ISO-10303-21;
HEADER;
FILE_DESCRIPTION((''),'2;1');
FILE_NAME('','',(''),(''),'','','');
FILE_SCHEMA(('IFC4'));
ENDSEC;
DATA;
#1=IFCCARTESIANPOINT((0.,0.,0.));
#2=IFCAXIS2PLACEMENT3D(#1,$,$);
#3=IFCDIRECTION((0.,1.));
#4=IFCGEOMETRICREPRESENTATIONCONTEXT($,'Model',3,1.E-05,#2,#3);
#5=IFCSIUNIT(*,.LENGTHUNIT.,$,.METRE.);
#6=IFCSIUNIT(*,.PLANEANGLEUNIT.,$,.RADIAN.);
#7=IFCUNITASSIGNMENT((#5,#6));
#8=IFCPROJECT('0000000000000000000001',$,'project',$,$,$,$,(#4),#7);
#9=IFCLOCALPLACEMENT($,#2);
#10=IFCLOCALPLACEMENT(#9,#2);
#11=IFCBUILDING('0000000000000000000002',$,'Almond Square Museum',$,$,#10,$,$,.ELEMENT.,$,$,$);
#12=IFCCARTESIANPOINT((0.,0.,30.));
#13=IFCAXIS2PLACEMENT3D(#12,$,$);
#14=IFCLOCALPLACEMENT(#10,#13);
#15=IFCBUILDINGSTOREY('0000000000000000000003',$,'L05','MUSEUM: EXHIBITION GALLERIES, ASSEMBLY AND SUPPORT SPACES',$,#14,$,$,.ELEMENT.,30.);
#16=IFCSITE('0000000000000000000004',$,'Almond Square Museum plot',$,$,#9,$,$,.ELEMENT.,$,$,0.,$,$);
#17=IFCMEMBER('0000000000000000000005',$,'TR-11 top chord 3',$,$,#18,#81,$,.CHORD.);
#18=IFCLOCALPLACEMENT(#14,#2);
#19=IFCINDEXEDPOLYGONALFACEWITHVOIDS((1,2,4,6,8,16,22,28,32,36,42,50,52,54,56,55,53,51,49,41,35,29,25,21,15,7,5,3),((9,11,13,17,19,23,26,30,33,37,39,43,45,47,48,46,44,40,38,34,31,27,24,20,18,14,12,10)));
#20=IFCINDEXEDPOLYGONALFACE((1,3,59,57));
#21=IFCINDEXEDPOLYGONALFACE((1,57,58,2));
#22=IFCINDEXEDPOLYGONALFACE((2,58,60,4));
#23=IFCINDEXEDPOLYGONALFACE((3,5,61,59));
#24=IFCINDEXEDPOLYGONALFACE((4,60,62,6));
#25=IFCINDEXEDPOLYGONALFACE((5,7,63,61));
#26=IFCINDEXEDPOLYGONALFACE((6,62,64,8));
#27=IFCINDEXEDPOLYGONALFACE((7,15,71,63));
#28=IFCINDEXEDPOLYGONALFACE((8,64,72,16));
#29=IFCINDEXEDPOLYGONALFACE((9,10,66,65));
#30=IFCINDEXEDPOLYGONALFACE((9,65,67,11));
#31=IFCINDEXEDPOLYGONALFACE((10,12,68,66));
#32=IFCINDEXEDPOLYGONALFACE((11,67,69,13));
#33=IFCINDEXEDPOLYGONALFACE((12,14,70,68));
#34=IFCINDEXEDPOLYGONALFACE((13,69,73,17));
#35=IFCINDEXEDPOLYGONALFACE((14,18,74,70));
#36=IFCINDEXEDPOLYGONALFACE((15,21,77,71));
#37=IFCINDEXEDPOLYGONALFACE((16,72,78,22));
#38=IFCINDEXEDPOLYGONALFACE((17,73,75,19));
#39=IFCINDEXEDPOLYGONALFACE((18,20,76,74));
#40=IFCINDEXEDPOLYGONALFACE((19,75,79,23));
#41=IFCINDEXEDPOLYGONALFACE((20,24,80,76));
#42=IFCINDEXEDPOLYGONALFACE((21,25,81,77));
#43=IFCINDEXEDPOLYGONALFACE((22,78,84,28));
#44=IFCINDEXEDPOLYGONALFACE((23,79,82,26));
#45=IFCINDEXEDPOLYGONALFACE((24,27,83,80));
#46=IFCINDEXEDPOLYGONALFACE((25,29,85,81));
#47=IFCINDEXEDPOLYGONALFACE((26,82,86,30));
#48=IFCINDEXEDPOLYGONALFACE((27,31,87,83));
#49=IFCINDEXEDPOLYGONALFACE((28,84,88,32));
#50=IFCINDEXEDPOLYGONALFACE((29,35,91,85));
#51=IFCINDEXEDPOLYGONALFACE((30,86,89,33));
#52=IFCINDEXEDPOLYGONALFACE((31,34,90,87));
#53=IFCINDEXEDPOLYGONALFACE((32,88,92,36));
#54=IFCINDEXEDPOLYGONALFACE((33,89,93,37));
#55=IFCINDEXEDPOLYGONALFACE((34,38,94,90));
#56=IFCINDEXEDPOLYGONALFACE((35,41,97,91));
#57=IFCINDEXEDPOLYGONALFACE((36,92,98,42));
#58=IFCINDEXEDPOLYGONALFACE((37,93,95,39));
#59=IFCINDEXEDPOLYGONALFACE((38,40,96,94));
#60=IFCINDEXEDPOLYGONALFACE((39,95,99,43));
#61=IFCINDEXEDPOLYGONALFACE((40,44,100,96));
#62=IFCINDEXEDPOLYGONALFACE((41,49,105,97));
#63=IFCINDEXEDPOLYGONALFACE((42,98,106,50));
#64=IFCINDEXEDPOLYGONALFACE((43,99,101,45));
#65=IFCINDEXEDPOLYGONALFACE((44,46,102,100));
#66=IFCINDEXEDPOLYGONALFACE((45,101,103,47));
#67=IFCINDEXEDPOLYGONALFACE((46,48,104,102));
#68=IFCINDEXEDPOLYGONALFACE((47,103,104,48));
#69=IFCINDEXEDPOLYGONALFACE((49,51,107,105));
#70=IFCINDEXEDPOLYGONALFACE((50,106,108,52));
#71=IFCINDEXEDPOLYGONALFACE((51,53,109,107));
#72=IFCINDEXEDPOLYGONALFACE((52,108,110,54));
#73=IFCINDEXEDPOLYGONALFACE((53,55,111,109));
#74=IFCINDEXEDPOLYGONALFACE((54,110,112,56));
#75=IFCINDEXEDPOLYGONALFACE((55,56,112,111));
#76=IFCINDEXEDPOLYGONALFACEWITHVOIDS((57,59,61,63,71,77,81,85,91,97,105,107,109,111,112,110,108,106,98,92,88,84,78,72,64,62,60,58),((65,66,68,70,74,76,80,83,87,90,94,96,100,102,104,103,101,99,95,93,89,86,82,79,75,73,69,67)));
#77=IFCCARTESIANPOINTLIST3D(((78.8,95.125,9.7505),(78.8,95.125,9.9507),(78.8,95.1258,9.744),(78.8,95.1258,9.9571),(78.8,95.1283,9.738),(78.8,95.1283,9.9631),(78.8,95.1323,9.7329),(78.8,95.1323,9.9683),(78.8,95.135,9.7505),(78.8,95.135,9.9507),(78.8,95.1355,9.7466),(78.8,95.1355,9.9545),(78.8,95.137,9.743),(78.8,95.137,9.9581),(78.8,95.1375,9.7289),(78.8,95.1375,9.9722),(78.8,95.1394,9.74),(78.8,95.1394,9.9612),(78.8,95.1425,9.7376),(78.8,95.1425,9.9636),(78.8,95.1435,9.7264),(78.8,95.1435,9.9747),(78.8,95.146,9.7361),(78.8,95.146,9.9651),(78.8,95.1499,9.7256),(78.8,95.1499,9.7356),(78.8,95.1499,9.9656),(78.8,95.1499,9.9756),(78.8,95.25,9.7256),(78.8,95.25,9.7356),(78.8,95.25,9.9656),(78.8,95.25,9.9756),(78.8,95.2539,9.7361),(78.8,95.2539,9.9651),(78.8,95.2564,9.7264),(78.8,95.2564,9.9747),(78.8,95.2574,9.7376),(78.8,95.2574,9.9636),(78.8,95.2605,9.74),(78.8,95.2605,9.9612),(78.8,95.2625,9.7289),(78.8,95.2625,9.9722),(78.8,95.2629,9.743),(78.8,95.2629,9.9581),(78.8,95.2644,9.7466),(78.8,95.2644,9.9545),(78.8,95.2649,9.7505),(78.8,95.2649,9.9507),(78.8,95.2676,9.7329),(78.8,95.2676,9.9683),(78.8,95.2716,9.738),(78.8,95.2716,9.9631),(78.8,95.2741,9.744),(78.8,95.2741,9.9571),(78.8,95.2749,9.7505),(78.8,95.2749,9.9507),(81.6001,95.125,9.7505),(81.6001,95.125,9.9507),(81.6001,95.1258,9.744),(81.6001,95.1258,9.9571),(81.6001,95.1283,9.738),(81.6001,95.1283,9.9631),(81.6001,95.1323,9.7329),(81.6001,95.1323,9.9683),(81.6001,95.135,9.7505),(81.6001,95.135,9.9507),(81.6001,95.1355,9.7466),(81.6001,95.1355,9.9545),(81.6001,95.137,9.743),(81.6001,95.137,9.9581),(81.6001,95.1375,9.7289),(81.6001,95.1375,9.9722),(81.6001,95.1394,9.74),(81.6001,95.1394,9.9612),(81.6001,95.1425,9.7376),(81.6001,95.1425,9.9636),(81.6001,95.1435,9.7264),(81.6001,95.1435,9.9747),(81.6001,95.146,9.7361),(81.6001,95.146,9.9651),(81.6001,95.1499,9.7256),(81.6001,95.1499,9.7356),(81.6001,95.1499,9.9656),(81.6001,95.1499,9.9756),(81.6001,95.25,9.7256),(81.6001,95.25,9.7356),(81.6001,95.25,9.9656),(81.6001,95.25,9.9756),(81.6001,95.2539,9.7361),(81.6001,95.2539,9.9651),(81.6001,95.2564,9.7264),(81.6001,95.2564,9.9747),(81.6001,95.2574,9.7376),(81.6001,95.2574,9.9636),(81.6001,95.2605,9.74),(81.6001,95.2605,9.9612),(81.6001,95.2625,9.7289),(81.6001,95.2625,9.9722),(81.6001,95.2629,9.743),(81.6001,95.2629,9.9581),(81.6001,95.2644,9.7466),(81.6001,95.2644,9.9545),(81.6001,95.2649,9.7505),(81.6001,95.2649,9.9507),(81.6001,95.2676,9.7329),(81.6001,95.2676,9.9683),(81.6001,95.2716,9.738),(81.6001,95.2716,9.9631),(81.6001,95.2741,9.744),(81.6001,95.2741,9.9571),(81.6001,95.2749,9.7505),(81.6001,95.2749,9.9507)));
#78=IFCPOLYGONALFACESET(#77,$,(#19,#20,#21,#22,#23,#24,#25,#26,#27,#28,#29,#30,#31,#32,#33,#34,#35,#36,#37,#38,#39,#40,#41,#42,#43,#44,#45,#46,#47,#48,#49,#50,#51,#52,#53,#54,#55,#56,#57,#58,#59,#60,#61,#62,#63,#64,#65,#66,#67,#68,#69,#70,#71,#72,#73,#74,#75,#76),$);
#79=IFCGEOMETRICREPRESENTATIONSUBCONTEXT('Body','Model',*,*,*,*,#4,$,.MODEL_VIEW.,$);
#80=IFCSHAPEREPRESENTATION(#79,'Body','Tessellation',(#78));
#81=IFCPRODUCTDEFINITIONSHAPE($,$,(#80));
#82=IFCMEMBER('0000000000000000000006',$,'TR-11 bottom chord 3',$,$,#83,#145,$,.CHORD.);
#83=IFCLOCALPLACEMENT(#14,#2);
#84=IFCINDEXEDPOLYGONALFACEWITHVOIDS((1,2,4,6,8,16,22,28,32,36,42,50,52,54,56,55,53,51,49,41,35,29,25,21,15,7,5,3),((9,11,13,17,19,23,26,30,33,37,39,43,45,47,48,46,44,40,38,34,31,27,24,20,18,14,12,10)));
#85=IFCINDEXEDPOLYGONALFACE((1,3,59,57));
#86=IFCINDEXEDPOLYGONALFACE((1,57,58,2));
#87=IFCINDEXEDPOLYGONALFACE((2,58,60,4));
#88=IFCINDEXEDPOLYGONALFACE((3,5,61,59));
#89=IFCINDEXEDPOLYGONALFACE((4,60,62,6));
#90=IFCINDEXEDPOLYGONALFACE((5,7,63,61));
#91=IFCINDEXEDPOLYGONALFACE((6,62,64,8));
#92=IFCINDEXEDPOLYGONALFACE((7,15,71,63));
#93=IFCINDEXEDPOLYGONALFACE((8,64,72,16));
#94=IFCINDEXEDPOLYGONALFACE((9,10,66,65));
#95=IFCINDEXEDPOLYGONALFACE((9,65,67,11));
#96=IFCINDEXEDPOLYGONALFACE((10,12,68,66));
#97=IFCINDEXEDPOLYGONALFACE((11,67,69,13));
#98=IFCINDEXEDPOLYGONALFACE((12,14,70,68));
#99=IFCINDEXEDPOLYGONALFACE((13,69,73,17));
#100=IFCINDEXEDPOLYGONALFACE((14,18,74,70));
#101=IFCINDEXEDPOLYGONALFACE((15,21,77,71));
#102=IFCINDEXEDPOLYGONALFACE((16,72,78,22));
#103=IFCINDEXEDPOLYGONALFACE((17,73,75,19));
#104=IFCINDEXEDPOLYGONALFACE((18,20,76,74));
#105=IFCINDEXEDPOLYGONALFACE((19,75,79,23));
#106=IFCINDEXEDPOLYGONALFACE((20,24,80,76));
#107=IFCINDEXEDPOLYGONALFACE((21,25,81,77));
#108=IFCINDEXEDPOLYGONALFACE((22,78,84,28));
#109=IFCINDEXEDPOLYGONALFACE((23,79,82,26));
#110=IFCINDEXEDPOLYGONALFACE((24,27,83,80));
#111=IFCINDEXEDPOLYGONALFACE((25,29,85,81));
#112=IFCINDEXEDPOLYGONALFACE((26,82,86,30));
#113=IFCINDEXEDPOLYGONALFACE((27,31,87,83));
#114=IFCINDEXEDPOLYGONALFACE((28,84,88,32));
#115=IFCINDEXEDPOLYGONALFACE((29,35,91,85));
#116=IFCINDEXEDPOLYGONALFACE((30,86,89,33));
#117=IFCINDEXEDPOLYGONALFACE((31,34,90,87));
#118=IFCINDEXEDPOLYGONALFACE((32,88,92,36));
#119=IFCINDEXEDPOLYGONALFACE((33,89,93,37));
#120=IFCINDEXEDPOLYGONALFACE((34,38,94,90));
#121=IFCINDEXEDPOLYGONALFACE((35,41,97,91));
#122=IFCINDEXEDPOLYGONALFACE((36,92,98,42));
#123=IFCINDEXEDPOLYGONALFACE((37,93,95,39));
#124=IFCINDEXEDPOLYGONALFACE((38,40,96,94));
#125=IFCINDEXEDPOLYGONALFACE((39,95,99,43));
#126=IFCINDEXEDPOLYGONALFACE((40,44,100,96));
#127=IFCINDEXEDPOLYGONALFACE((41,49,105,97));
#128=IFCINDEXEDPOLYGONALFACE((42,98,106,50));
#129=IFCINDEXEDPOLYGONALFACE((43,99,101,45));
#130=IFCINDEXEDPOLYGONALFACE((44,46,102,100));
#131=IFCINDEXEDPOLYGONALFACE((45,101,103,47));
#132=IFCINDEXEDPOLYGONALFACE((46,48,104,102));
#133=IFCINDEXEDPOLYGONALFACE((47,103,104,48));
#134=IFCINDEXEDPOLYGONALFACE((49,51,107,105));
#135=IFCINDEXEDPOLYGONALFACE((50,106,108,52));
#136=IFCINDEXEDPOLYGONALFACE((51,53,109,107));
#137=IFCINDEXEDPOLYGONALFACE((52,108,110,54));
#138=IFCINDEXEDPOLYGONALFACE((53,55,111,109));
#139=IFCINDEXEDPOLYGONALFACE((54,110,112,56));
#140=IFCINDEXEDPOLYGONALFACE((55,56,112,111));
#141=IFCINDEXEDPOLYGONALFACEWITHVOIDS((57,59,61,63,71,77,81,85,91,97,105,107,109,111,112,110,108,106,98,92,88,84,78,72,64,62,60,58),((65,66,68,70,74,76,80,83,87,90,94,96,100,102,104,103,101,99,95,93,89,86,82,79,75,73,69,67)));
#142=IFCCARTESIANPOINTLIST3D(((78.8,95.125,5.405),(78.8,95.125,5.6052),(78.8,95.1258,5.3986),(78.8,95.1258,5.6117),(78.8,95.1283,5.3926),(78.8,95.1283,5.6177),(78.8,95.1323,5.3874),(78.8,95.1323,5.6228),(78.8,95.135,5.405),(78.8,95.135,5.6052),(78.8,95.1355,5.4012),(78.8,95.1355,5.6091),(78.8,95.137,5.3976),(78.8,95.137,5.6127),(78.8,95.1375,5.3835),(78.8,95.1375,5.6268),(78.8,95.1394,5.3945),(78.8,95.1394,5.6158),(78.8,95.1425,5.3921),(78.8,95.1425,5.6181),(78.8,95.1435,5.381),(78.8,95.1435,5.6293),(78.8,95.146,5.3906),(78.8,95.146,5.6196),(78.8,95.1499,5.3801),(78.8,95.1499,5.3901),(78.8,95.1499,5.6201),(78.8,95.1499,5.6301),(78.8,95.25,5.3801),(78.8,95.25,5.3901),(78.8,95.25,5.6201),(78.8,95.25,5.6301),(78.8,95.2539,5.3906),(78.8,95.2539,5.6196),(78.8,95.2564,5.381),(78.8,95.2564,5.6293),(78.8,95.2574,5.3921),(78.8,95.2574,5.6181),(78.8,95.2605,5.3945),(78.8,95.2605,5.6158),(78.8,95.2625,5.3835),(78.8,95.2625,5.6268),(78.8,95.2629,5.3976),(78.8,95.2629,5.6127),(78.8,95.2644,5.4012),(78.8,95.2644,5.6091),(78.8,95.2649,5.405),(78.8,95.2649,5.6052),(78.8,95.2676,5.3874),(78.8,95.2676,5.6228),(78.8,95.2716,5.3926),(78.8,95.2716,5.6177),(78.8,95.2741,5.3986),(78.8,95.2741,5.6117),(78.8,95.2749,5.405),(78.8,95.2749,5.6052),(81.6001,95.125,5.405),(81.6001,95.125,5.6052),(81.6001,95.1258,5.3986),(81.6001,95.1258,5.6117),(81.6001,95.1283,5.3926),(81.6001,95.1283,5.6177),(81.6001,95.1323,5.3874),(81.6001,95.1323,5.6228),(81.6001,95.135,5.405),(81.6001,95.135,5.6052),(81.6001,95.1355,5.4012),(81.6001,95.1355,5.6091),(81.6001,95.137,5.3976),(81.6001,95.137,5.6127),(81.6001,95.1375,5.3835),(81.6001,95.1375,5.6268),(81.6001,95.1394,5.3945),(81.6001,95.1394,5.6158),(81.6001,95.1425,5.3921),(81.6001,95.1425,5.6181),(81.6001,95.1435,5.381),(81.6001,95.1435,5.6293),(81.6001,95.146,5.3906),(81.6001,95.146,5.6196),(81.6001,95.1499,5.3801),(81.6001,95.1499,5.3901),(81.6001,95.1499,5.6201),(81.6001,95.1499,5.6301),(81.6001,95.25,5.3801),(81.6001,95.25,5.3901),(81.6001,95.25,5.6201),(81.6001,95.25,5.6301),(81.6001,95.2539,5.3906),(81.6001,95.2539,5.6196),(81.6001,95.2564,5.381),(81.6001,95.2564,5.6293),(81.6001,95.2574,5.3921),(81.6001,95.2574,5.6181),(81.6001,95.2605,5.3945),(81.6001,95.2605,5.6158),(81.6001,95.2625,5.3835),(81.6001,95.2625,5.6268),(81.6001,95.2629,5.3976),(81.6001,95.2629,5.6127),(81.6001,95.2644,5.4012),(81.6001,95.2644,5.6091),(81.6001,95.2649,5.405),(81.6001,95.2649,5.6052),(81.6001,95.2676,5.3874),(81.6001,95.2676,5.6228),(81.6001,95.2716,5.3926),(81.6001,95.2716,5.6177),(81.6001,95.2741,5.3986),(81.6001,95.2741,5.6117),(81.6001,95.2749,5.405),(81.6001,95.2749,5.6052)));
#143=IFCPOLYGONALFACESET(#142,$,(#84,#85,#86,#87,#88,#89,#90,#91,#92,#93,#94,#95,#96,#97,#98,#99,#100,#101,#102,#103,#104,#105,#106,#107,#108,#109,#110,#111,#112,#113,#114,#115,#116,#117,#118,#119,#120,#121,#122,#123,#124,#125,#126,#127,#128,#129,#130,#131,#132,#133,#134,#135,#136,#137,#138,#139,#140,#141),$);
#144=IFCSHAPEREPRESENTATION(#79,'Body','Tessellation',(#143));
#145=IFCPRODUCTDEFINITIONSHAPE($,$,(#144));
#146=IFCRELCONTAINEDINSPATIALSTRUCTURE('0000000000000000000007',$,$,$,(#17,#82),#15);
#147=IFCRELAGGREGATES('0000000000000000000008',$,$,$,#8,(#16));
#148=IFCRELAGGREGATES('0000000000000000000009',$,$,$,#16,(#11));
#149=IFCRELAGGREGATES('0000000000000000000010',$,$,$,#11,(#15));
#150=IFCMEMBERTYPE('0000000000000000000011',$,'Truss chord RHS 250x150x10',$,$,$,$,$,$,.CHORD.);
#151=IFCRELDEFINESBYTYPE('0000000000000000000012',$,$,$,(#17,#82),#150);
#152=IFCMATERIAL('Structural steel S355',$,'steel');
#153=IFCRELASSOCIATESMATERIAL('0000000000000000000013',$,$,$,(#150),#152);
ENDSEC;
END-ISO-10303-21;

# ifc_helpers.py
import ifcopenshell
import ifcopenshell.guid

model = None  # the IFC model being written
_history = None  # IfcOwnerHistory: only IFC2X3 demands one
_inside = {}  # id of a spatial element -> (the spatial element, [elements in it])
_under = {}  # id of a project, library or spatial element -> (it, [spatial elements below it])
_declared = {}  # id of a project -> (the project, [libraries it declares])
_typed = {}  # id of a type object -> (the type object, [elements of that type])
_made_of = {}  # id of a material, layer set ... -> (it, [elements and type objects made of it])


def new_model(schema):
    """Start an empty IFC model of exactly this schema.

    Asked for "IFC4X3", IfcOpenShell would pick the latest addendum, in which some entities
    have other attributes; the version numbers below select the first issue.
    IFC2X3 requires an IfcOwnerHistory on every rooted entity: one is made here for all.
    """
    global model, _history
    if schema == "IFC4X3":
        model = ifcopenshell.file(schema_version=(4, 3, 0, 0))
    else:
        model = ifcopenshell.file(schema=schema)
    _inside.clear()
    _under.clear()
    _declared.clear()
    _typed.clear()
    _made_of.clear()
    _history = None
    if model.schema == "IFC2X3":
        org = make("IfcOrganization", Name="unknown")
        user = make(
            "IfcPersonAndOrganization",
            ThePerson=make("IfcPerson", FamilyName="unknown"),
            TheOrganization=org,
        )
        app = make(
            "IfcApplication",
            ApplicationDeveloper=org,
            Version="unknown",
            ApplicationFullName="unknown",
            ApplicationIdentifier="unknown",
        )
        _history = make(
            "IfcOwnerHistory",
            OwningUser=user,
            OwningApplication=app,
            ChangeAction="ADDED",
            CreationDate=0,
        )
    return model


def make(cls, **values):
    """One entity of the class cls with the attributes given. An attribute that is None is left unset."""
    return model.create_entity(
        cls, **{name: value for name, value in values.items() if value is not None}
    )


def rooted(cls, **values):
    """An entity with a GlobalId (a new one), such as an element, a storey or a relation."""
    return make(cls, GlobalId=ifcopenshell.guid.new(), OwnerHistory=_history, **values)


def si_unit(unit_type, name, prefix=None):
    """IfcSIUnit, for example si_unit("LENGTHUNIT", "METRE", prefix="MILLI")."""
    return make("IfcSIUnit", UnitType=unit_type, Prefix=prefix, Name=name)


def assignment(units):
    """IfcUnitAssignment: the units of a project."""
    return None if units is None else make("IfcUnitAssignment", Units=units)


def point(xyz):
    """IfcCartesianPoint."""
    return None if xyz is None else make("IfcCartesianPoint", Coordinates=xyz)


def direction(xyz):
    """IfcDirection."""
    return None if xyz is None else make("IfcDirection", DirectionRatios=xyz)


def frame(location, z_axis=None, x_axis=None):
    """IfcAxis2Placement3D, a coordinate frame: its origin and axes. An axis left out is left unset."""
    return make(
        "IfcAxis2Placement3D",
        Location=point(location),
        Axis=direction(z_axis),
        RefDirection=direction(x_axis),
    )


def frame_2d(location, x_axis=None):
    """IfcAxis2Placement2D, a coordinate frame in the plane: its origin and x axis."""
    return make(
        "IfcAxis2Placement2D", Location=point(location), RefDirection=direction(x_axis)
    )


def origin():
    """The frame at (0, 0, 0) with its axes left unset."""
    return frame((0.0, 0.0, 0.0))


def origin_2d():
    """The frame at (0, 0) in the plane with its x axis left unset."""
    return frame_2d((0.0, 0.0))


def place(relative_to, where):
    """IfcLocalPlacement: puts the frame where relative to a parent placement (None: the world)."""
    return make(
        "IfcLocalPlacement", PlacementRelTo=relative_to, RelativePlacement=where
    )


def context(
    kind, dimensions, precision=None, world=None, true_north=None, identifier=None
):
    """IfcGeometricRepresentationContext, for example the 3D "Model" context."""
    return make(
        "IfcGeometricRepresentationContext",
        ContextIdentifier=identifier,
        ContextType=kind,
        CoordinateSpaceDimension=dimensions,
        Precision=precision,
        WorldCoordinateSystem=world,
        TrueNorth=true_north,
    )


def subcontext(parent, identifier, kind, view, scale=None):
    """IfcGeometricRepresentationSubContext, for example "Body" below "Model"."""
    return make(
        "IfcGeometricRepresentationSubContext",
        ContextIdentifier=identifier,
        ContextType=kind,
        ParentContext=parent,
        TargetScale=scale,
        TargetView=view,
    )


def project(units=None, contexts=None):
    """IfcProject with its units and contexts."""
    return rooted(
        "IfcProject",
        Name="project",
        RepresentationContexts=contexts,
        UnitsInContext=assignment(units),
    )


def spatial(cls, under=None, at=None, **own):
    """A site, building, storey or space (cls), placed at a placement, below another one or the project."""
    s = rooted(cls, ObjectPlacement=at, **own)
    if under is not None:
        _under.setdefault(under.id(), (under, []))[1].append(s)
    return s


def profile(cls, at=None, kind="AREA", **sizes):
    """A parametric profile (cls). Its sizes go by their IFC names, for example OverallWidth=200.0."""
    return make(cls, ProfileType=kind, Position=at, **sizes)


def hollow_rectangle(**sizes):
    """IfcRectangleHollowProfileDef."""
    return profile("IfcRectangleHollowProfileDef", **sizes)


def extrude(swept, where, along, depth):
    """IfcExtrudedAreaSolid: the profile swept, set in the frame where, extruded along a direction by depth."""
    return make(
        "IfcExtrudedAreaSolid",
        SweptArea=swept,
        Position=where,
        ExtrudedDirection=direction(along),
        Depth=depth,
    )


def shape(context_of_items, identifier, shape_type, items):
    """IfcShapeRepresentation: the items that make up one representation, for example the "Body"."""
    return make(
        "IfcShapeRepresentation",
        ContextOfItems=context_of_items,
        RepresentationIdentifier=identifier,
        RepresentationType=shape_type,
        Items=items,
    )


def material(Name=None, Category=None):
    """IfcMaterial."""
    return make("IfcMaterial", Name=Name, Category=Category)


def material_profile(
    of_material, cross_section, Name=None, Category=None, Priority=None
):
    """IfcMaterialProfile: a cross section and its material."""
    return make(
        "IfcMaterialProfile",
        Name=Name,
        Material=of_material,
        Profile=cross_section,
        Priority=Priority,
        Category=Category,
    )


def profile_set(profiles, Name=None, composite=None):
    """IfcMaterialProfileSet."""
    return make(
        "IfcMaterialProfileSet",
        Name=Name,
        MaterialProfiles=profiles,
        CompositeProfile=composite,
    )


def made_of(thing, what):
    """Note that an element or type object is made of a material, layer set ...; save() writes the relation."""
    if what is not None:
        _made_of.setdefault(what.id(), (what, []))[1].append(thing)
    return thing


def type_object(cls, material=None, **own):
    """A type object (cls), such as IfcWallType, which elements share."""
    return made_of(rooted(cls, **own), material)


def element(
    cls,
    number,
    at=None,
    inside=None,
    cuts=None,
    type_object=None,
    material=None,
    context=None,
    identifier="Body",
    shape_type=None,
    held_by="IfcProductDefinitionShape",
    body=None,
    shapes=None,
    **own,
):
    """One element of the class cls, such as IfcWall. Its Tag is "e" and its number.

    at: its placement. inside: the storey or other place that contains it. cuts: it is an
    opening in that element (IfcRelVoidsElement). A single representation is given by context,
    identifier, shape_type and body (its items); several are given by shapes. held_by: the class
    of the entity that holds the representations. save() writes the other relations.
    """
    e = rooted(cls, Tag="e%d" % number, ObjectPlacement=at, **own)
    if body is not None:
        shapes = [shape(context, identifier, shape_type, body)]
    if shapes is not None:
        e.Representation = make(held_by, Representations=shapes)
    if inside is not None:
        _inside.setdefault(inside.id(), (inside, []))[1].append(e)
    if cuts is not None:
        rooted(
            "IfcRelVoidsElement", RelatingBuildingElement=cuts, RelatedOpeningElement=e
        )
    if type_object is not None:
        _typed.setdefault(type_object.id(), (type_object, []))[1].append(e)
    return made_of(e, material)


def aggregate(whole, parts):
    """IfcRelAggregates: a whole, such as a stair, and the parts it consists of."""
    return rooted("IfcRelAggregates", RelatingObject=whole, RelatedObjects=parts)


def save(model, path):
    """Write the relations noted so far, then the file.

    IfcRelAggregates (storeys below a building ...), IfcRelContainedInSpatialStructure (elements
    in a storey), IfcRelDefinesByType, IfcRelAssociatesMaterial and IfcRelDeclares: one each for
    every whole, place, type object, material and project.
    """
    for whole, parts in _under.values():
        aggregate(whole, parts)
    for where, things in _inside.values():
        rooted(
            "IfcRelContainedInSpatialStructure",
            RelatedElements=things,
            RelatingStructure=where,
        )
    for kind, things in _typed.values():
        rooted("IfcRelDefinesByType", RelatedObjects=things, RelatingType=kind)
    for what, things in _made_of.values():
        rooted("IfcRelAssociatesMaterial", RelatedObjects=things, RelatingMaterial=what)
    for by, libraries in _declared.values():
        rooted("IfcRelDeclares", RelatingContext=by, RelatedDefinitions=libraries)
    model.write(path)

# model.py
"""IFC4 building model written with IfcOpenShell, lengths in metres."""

from ifc_helpers import new_model, si_unit, direction, frame, origin, origin_2d, place, context, subcontext, project, spatial, hollow_rectangle, extrude, material, material_profile, profile_set, type_object, element, save


model = new_model("IFC4")

# Units and contexts
model_context = context("Model", 3, precision=1e-05, world=origin(), true_north=direction((0.0, 1.0)))
body_context = subcontext(model_context, "Body", "Model", "MODEL_VIEW")
ifc_project = project(units=[si_unit("LENGTHUNIT", "METRE"), si_unit("PLANEANGLEUNIT", "RADIAN")], contexts=[model_context])

# Site, building, storey
site_placement = place(None, origin())
site = spatial("IfcSite", under=ifc_project, at=site_placement, Name="Almond Square Museum plot", CompositionType="ELEMENT", RefElevation=0.0)
building_placement = place(site_placement, origin())
building = spatial("IfcBuilding", under=site, at=building_placement, Name="Almond Square Museum", CompositionType="ELEMENT")
storey_placement = place(building_placement, frame((0.0, 0.0, 30.0)))
storey = spatial("IfcBuildingStorey", under=building, at=storey_placement, Name="L05", Description="MUSEUM: EXHIBITION GALLERIES, ASSEMBLY AND SUPPORT SPACES", CompositionType="ELEMENT", Elevation=30.0)

# Members
ifc_material_1 = material(Name="Structural steel S355", Category="steel")
ifc_material_profile_1 = material_profile(ifc_material_1, hollow_rectangle(XDim=0.1499, YDim=0.25, WallThickness=0.01, InnerFilletRadius=0.0149, OuterFilletRadius=0.0249, at=origin_2d()))
ifc_profile_set_1 = profile_set([ifc_material_profile_1], Name="Structural steel S355")
member_type_1 = type_object("IfcMemberType", Name="Truss chord RHS 250x150x10", PredefinedType="CHORD", material=ifc_profile_set_1)
for number, where, z_axis, x_axis, name in (
    (1, (78.8, 95.2, 9.8506), (1.0, 0.0, 0.0), (0.0, 1.0, 0.0), "TR-11 top chord 3"),
    (2, (78.8, 95.2, 5.5051), (1.0, 0.0, 0.0), (0.0, 1.0, 0.0), "TR-11 bottom chord 3"),
):
    element("IfcMember", number, at=place(storey_placement, frame(where, z_axis=z_axis, x_axis=x_axis)), inside=storey, type_object=member_type_1, Name=name, PredefinedType="CHORD", context=body_context, shape_type="SweptSolid", body=[
        extrude(hollow_rectangle(XDim=0.1499, YDim=0.25, WallThickness=0.01, InnerFilletRadius=0.0149, OuterFilletRadius=0.0249, at=origin_2d()), origin(), (0.0, 0.0, 1.0), 2.8),
    ])

save(model, "model.ifc")
